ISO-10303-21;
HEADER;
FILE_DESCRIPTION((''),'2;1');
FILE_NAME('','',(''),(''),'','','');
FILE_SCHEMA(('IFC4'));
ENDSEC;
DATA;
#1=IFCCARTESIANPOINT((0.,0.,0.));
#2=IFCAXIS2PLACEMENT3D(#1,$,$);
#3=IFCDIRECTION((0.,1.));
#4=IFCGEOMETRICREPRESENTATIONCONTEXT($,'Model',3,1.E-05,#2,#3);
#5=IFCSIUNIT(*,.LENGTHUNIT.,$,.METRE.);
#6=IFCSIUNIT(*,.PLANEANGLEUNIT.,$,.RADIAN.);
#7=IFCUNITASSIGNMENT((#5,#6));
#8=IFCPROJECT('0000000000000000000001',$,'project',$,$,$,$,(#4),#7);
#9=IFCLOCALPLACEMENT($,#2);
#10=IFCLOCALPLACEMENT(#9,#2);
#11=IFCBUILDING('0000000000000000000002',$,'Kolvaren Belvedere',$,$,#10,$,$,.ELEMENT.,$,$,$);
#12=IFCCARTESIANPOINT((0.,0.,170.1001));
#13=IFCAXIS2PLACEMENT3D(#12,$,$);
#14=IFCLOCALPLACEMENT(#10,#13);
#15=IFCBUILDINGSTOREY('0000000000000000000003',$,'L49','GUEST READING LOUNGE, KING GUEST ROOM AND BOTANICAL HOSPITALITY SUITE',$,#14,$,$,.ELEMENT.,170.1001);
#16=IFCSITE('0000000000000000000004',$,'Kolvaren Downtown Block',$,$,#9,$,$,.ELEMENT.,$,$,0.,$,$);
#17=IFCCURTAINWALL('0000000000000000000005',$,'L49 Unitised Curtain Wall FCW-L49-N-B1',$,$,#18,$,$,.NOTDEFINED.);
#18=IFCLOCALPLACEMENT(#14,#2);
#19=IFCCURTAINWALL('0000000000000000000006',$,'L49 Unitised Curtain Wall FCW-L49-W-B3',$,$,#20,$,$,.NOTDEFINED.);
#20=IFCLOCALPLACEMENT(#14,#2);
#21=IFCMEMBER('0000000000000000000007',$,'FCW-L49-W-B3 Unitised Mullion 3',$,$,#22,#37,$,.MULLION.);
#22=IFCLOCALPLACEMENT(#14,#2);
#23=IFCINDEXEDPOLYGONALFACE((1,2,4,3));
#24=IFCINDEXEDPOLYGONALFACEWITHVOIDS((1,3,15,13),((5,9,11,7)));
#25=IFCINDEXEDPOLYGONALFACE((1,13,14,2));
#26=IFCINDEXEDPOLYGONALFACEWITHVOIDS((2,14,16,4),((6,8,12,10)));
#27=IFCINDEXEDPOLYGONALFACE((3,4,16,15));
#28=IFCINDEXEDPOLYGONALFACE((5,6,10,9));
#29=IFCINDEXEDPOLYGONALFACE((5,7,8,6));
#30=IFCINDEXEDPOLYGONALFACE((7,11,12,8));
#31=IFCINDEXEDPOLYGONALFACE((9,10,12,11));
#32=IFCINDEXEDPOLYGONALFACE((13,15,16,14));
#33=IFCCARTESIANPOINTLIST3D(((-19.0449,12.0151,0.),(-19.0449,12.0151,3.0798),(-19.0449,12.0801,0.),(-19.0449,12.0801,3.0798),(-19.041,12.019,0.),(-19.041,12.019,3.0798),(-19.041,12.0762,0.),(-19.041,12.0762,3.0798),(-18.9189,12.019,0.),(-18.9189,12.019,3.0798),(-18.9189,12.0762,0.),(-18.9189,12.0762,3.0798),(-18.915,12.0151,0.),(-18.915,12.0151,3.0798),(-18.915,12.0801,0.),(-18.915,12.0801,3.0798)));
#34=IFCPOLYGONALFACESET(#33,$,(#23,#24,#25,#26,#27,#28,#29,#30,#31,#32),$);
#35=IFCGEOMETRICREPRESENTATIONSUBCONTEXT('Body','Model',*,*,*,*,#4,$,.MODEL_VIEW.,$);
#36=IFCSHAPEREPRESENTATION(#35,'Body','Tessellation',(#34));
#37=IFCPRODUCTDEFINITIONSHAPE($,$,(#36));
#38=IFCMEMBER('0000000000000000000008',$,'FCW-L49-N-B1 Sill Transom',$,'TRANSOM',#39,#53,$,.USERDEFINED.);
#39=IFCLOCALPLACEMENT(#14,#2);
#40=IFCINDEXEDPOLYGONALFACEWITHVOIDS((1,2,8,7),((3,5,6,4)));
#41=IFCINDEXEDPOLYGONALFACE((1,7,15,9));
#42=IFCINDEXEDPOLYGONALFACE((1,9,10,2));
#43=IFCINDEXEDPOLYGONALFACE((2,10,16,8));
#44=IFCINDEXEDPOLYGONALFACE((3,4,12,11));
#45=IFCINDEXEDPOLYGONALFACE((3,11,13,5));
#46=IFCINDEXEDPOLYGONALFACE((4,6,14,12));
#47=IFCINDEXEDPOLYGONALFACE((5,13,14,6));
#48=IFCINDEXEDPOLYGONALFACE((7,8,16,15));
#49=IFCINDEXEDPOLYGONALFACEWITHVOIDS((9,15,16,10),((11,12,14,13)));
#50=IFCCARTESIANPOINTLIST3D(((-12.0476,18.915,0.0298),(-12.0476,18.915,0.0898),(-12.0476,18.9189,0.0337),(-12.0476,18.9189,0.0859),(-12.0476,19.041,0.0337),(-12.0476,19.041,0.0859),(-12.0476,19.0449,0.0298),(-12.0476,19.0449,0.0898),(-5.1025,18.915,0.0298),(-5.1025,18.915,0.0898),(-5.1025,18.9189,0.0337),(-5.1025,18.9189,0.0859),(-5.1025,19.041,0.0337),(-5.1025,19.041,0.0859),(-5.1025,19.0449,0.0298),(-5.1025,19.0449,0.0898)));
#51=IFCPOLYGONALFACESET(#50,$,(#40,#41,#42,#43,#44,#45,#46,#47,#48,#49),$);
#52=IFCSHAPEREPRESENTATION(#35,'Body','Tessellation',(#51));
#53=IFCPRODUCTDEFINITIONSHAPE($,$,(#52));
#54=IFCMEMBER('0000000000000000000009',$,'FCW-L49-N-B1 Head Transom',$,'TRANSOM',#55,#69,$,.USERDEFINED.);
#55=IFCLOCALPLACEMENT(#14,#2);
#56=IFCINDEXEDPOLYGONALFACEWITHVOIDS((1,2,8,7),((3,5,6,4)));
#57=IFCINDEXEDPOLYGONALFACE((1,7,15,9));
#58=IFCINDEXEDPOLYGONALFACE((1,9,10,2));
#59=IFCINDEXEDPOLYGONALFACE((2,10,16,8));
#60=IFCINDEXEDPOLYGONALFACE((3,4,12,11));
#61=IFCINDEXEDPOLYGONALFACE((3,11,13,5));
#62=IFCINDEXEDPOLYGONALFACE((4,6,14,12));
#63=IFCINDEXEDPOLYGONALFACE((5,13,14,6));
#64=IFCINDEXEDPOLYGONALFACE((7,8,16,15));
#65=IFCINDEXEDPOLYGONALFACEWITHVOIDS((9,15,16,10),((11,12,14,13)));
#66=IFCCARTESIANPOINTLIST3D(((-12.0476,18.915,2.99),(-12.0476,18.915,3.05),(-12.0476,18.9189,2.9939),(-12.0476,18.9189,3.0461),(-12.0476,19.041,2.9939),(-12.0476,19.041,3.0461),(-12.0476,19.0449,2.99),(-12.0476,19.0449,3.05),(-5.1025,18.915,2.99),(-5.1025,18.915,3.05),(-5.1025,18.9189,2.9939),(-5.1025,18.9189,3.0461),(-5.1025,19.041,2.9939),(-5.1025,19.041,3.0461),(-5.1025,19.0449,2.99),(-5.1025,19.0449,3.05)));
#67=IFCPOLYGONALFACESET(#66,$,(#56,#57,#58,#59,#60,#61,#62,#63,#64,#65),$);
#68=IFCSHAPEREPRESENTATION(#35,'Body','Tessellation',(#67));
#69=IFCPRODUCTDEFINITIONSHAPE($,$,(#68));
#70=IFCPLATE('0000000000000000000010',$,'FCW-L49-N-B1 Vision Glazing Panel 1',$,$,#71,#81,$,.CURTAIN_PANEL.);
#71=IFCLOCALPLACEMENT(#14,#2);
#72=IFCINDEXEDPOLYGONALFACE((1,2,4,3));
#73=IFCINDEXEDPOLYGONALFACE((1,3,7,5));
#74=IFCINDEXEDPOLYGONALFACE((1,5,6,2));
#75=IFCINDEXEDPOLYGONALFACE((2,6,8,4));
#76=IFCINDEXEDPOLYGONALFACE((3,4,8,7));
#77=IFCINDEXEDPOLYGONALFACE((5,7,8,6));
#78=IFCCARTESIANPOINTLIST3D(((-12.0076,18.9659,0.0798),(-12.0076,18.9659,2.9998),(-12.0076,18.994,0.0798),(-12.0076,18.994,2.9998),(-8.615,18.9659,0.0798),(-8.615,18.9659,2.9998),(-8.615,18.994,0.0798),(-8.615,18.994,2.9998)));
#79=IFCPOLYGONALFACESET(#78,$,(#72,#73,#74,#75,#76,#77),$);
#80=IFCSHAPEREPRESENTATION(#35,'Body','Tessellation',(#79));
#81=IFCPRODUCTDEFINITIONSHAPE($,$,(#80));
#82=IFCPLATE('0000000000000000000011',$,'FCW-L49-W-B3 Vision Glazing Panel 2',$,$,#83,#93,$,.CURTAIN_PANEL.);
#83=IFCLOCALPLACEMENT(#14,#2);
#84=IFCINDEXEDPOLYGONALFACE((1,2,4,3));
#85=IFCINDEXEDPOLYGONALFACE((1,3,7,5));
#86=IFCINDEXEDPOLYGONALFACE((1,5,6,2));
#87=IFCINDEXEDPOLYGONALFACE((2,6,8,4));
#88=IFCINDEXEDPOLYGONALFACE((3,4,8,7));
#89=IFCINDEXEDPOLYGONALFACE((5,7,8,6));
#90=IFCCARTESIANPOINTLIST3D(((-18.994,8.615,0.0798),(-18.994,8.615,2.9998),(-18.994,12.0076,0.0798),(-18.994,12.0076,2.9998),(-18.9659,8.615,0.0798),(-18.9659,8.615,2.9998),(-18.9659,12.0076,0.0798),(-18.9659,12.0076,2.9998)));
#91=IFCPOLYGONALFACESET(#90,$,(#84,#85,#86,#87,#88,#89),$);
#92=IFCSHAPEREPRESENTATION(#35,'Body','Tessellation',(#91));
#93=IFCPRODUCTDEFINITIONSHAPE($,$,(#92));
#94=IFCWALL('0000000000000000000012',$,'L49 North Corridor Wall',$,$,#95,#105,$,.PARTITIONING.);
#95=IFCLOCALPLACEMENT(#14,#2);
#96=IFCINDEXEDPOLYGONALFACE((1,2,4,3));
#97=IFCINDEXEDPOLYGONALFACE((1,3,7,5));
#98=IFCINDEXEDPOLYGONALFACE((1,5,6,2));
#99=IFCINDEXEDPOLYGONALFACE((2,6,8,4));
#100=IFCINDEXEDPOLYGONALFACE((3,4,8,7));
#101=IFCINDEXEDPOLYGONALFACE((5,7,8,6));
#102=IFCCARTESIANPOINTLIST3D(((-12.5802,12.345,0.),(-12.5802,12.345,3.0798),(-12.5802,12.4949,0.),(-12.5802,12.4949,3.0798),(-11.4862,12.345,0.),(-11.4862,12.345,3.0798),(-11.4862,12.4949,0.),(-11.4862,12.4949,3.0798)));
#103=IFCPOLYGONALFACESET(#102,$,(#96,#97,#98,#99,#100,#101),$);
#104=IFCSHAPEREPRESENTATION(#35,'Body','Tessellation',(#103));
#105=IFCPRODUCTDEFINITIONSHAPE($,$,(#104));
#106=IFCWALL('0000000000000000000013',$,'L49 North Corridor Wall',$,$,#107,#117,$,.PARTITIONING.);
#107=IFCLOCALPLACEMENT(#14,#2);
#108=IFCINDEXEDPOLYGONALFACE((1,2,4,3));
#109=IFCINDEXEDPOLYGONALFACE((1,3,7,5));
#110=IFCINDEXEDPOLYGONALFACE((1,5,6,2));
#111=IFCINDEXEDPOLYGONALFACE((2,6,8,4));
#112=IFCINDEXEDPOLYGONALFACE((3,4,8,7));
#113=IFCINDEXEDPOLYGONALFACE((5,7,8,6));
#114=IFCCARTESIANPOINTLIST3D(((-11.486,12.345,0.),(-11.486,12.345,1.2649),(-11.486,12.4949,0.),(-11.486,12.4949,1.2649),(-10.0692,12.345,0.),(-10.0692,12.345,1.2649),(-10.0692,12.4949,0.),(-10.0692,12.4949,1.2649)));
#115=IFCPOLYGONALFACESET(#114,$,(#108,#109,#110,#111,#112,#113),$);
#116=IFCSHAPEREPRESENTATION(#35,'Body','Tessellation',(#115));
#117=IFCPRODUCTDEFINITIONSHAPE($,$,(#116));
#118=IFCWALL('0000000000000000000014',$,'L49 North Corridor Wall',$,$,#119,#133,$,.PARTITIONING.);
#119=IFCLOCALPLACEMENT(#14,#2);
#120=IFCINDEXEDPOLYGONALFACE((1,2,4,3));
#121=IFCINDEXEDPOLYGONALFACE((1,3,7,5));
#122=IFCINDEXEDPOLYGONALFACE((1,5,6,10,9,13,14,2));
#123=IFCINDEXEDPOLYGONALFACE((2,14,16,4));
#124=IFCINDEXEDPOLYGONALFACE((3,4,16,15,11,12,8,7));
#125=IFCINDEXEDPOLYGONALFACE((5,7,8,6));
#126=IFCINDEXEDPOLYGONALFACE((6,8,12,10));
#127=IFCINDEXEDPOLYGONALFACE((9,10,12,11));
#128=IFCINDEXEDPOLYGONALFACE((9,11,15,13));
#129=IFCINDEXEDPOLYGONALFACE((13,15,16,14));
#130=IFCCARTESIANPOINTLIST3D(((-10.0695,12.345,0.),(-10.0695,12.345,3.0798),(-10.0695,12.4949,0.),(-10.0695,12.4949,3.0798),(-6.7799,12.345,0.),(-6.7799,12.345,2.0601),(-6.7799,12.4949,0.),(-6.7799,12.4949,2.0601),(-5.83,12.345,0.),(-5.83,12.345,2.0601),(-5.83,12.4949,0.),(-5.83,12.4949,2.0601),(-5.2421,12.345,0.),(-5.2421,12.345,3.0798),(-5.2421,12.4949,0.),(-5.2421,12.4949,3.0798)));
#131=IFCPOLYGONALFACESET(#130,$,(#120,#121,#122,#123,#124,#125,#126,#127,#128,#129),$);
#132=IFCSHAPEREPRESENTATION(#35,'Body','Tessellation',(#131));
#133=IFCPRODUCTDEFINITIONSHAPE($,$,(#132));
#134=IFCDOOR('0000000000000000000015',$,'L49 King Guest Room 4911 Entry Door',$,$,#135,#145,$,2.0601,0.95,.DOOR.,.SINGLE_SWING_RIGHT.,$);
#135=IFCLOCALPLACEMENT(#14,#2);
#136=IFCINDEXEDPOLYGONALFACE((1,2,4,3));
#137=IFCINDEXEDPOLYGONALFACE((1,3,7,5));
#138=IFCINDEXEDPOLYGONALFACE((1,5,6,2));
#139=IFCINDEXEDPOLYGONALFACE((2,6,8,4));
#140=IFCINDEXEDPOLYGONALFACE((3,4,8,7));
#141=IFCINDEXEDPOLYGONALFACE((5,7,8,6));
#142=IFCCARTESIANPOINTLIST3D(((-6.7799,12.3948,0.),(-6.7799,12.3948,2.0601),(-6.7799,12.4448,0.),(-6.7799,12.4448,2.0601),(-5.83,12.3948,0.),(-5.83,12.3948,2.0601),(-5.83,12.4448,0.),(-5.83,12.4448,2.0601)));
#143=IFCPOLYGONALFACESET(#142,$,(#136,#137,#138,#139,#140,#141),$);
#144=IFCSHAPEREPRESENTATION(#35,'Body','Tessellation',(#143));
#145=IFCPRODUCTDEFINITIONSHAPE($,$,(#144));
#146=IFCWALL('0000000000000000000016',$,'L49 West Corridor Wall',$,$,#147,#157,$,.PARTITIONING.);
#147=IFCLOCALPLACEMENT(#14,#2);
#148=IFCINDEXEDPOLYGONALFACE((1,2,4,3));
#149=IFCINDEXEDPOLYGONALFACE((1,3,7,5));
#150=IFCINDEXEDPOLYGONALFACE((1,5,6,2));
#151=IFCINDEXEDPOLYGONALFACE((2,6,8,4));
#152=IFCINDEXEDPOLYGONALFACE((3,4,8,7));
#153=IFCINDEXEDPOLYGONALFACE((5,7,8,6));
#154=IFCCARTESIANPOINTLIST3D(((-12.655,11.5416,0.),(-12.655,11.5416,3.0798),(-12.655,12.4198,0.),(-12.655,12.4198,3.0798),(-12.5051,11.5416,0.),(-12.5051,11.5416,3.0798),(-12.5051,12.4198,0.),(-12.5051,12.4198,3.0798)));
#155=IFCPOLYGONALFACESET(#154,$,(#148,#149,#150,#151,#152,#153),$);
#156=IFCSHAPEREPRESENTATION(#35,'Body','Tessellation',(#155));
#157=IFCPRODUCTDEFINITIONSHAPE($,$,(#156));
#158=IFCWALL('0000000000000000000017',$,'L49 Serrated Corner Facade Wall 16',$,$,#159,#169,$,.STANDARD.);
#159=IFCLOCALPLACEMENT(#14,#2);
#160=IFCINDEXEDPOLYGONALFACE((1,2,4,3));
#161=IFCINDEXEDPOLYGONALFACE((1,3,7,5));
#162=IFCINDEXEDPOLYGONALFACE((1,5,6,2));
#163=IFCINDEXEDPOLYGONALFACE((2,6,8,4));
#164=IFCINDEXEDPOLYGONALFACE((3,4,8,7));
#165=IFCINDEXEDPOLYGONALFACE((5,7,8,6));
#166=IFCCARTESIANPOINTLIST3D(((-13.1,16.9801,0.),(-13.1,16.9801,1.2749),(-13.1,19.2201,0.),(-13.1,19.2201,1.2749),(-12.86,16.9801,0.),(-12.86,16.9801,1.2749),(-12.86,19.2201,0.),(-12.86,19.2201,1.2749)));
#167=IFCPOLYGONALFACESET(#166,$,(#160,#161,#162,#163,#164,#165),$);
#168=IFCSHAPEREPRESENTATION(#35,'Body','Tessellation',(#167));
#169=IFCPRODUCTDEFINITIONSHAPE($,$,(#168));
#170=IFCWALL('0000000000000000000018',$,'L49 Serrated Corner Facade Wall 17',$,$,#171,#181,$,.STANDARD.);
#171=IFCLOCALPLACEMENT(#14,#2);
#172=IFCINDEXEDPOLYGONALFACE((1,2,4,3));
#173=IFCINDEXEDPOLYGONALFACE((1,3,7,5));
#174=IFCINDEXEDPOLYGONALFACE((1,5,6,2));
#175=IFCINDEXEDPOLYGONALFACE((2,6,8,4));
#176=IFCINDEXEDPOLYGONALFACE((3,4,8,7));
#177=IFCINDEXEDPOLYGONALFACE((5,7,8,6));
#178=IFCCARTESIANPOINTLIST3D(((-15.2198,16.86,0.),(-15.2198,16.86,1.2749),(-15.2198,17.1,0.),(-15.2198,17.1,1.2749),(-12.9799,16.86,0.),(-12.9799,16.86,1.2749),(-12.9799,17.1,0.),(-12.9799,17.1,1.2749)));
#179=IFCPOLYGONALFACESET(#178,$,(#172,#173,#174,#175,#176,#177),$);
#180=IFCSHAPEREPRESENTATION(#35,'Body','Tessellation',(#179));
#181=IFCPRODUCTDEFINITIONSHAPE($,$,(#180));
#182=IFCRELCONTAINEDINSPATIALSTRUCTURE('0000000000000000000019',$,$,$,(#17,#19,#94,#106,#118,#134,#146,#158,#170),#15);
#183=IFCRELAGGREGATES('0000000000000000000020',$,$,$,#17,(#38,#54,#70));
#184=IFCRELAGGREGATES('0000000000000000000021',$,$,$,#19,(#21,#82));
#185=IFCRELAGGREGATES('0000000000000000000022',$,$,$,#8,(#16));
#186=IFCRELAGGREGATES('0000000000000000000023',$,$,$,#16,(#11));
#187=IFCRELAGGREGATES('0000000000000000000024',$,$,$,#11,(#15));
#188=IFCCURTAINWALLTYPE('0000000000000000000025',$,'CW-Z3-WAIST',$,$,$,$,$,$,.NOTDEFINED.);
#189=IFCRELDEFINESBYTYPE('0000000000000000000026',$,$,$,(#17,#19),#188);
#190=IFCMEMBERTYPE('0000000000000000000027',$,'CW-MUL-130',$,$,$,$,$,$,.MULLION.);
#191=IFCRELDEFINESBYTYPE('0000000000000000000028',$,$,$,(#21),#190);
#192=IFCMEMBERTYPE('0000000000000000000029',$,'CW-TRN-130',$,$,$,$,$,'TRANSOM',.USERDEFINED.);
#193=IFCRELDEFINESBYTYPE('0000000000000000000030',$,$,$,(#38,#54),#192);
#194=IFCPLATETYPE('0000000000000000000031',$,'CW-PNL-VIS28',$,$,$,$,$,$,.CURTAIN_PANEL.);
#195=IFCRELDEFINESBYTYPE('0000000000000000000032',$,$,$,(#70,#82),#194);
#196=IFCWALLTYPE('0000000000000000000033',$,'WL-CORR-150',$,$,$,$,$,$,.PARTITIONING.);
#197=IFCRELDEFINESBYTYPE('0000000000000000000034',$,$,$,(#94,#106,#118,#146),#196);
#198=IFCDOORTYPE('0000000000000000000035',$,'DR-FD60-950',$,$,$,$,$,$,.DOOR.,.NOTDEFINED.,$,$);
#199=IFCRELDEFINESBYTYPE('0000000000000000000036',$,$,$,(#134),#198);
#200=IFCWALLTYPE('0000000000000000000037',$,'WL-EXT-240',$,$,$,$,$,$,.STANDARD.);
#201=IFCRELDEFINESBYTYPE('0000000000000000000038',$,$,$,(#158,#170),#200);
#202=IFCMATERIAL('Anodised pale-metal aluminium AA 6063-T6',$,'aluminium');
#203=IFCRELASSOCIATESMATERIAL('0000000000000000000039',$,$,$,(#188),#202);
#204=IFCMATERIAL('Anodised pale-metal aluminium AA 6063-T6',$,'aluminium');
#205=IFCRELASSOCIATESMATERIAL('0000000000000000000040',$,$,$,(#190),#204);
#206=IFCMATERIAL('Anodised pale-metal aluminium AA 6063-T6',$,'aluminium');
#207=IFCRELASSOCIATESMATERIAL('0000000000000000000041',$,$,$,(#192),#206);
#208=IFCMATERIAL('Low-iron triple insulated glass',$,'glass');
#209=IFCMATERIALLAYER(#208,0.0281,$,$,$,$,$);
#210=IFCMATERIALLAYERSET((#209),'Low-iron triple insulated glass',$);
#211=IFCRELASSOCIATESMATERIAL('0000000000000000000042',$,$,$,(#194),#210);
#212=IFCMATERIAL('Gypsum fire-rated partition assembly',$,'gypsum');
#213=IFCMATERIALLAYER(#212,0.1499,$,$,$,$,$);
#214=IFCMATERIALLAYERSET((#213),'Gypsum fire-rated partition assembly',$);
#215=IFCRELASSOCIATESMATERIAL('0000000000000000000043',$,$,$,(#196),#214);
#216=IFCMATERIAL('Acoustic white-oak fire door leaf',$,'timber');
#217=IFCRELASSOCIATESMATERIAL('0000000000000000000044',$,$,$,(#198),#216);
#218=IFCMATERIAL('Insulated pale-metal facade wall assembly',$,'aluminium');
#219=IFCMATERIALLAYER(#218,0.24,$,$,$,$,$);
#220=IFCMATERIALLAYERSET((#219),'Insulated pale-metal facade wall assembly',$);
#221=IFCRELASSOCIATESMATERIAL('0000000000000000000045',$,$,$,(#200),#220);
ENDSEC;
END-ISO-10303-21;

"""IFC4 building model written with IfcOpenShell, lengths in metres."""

from ifc_helpers import new_model, si_unit, direction, frame, frame_2d, origin, origin_2d, place, context, subcontext, project, spatial, rectangle, hollow_rectangle, extrude, material, layer, layer_set, material_profile, profile_set, type_object, element, fill, aggregate, save


model = new_model("IFC4")

# Units and contexts
model_context = context("Model", 3, precision=1e-05, world=origin(), true_north=direction((0.0, 1.0)))
body_context = subcontext(model_context, "Body", "Model", "MODEL_VIEW")
ifc_project = project(units=[si_unit("LENGTHUNIT", "METRE"), si_unit("PLANEANGLEUNIT", "RADIAN")], contexts=[model_context])

# Site, building, storey
site_placement = place(None, origin())
site = spatial("IfcSite", under=ifc_project, at=site_placement, Name="Kolvaren Downtown Block", CompositionType="ELEMENT", RefElevation=0.0)
building_placement = place(site_placement, origin())
building = spatial("IfcBuilding", under=site, at=building_placement, Name="Kolvaren Belvedere", CompositionType="ELEMENT")
storey_placement = place(building_placement, frame((0.0, 0.0, 170.1001)))
storey = spatial("IfcBuildingStorey", under=building, at=storey_placement, Name="L49", Description="GUEST READING LOUNGE, KING GUEST ROOM AND BOTANICAL HOSPITALITY SUITE", CompositionType="ELEMENT", Elevation=170.1001)

# Curtain walls, member
ifc_material_1 = material(Name="Anodised pale-metal aluminium AA 6063-T6", Category="aluminium")
curtain_wall_type = type_object("IfcCurtainWallType", Name="CW-Z3-WAIST", PredefinedType="NOTDEFINED", material=ifc_material_1)
curtain_wall_1_placement = place(storey_placement, origin())
curtain_wall_1 = element("IfcCurtainWall", 1, at=curtain_wall_1_placement, inside=storey, type_object=curtain_wall_type, Name="L49 Unitised Curtain Wall FCW-L49-N-B1", PredefinedType="NOTDEFINED")
ifc_material_2 = material(Name="Anodised pale-metal aluminium AA 6063-T6", Category="aluminium")
ifc_material_profile_1 = material_profile(ifc_material_2, hollow_rectangle(XDim=0.0649, YDim=0.1299, WallThickness=0.0039, at=origin_2d()), Name="ALU-MUL-130X65")
ifc_profile_set_1 = profile_set([ifc_material_profile_1], Name="Anodised pale-metal aluminium AA 6063-T6")
member_type_1 = type_object("IfcMemberType", Name="CW-MUL-130", PredefinedType="MULLION", material=ifc_profile_set_1)
curtain_wall_2_placement = place(storey_placement, origin())
curtain_wall_2 = element("IfcCurtainWall", 2, at=curtain_wall_2_placement, inside=storey, type_object=curtain_wall_type, Name="L49 Unitised Curtain Wall FCW-L49-W-B3", PredefinedType="NOTDEFINED")
member_1_placement = place(storey_placement, frame((-18.98, 12.0476, 0.0), z_axis=(0.0, 0.0, 1.0), x_axis=(0.0, 1.0, 0.0)))
member_1 = element("IfcMember", 3, at=member_1_placement, type_object=member_type_1, Name="FCW-L49-W-B3 Unitised Mullion 3", PredefinedType="MULLION", context=body_context, shape_type="SweptSolid", body=[
    extrude(hollow_rectangle(XDim=0.0649, YDim=0.1299, WallThickness=0.0039, at=origin_2d()), origin(), (0.0, 0.0, 1.0), 3.0798),
])

# Members
ifc_material_3 = material(Name="Anodised pale-metal aluminium AA 6063-T6", Category="aluminium")
ifc_material_profile_2 = material_profile(ifc_material_3, hollow_rectangle(XDim=0.0601, YDim=0.1299, WallThickness=0.0039, at=origin_2d()), Name="ALU-TRN-130X60")
ifc_profile_set_2 = profile_set([ifc_material_profile_2], Name="Anodised pale-metal aluminium AA 6063-T6")
member_type_2 = type_object("IfcMemberType", Name="CW-TRN-130", ElementType="TRANSOM", PredefinedType="USERDEFINED", material=ifc_profile_set_2)
member_2_placement = place(storey_placement, frame((-12.0476, 18.98, 0.0598), z_axis=(1.0, 0.0, 0.0), x_axis=(0.0, 0.0, 1.0)))
member_2 = element("IfcMember", 4, at=member_2_placement, type_object=member_type_2, Name="FCW-L49-N-B1 Sill Transom", ObjectType="TRANSOM", PredefinedType="USERDEFINED", context=body_context, shape_type="SweptSolid", body=[
    extrude(hollow_rectangle(XDim=0.0601, YDim=0.1299, WallThickness=0.0039, at=origin_2d()), origin(), (0.0, 0.0, 1.0), 6.9451),
])
member_3_placement = place(storey_placement, frame((-12.0476, 18.98, 3.02), z_axis=(1.0, 0.0, 0.0), x_axis=(0.0, 0.0, 1.0)))
member_3 = element("IfcMember", 5, at=member_3_placement, type_object=member_type_2, Name="FCW-L49-N-B1 Head Transom", ObjectType="TRANSOM", PredefinedType="USERDEFINED", context=body_context, shape_type="SweptSolid", body=[
    extrude(hollow_rectangle(XDim=0.0601, YDim=0.1299, WallThickness=0.0039, at=origin_2d()), origin(), (0.0, 0.0, 1.0), 6.9451),
])

# Plates
ifc_material_4 = material(Name="Low-iron triple insulated glass", Category="glass")
ifc_layer_1 = layer(ifc_material_4, 0.0281)
ifc_layer_set_1 = layer_set([ifc_layer_1], Name="Low-iron triple insulated glass")
plate_type = type_object("IfcPlateType", Name="CW-PNL-VIS28", PredefinedType="CURTAIN_PANEL", material=ifc_layer_set_1)
plate_1_placement = place(storey_placement, frame((-10.3113, 18.98, 0.0798), z_axis=(0.0, 0.0, 1.0), x_axis=(1.0, 0.0, 0.0)))
plate_1 = element("IfcPlate", 6, at=plate_1_placement, type_object=plate_type, Name="FCW-L49-N-B1 Vision Glazing Panel 1", PredefinedType="CURTAIN_PANEL", context=body_context, shape_type="SweptSolid", body=[
    extrude(rectangle(XDim=3.3926, YDim=0.0281, at=origin_2d()), origin(), (0.0, 0.0, 1.0), 2.9199),
])
aggregate(curtain_wall_1, [member_2, member_3, plate_1])
plate_2_placement = place(storey_placement, frame((-18.98, 10.3113, 0.0798), z_axis=(0.0, 0.0, 1.0), x_axis=(0.0, 1.0, 0.0)))
plate_2 = element("IfcPlate", 7, at=plate_2_placement, type_object=plate_type, Name="FCW-L49-W-B3 Vision Glazing Panel 2", PredefinedType="CURTAIN_PANEL", context=body_context, shape_type="SweptSolid", body=[
    extrude(rectangle(XDim=3.3926, YDim=0.0281, at=origin_2d()), origin(), (0.0, 0.0, 1.0), 2.9199),
])
aggregate(curtain_wall_2, [member_1, plate_2])

# Walls
ifc_material_5 = material(Name="Gypsum fire-rated partition assembly", Category="gypsum")
ifc_layer_2 = layer(ifc_material_5, 0.1499)
ifc_layer_set_2 = layer_set([ifc_layer_2], Name="Gypsum fire-rated partition assembly")
wall_type_1 = type_object("IfcWallType", Name="WL-CORR-150", PredefinedType="PARTITIONING", material=ifc_layer_set_2)
wall_1_placement = place(storey_placement, frame((-12.5801, 12.4199, 0.0), z_axis=(0.0, 0.0, 1.0), x_axis=(1.0, 0.0, 0.0)))
element("IfcWall", 8, at=wall_1_placement, inside=storey, type_object=wall_type_1, Name="L49 North Corridor Wall", PredefinedType="PARTITIONING", context=body_context, shape_type="SweptSolid", body=[
    extrude(rectangle(XDim=1.094, YDim=0.1499, at=frame_2d((0.5469, 0.0))), origin(), (0.0, 0.0, 1.0), 3.0798),
])
wall_2_placement = place(storey_placement, frame((-11.4861, 12.4199, 0.0), z_axis=(0.0, 0.0, 1.0), x_axis=(1.0, 0.0, 0.0)))
element("IfcWall", 9, at=wall_2_placement, inside=storey, type_object=wall_type_1, Name="L49 North Corridor Wall", PredefinedType="PARTITIONING", context=body_context, shape_type="SweptSolid", body=[
    extrude(rectangle(XDim=1.4167, YDim=0.1499, at=frame_2d((0.7085, 0.0))), origin(), (0.0, 0.0, 1.0), 1.2649),
])

# Wall, opening, door
wall_3_placement = place(storey_placement, frame((-10.0693, 12.4199, 0.0), z_axis=(0.0, 0.0, 1.0), x_axis=(1.0, 0.0, 0.0)))
wall_3 = element("IfcWall", 10, at=wall_3_placement, inside=storey, type_object=wall_type_1, Name="L49 North Corridor Wall", PredefinedType="PARTITIONING", context=body_context, shape_type="SweptSolid", body=[
    extrude(rectangle(XDim=4.8274, YDim=0.1499, at=frame_2d((2.4136, 0.0))), origin(), (0.0, 0.0, 1.0), 3.0798),
])
opening_1_placement = place(wall_3_placement, frame((3.2893, 0.0, 0.0)))
opening_1 = element("IfcOpeningElement", 11, at=opening_1_placement, cuts=wall_3, PredefinedType="OPENING", context=body_context, shape_type="SweptSolid", body=[
    extrude(rectangle(XDim=0.95, YDim=2.0601, at=frame_2d((0.4751, 1.03))), frame((0.0, 0.085, 0.0), z_axis=(0.0, -1.0, 0.0), x_axis=(1.0, 0.0, 0.0)), (0.0, 0.0, 1.0), 0.1699),
])
ifc_material_6 = material(Name="Acoustic white-oak fire door leaf", Category="timber")
door_type = type_object("IfcDoorType", Name="DR-FD60-950", OperationType="NOTDEFINED", PredefinedType="DOOR", material=ifc_material_6)
door_placement = place(opening_1_placement, origin())
door = element("IfcDoor", 12, at=door_placement, inside=storey, type_object=door_type, Name="L49 King Guest Room 4911 Entry Door", OperationType="SINGLE_SWING_RIGHT", OverallHeight=2.0601, OverallWidth=0.95, PredefinedType="DOOR", context=body_context, shape_type="SweptSolid", body=[
    extrude(rectangle(XDim=0.95, YDim=2.0601, at=frame_2d((0.4751, 1.03))), frame((0.0, 0.0249, 0.0), z_axis=(0.0, -1.0, 0.0), x_axis=(1.0, 0.0, 0.0)), (0.0, 0.0, 1.0), 0.05),
])
fill(opening_1, door)

# Walls
wall_4_placement = place(storey_placement, frame((-12.5801, 11.5417, 0.0), z_axis=(0.0, 0.0, 1.0), x_axis=(0.0, 1.0, 0.0)))
element("IfcWall", 13, at=wall_4_placement, inside=storey, type_object=wall_type_1, Name="L49 West Corridor Wall", PredefinedType="PARTITIONING", context=body_context, shape_type="SweptSolid", body=[
    extrude(rectangle(XDim=0.8782, YDim=0.1499, at=frame_2d((0.439, 0.0))), origin(), (0.0, 0.0, 1.0), 3.0798),
])
ifc_material_7 = material(Name="Insulated pale-metal facade wall assembly", Category="aluminium")
ifc_layer_3 = layer(ifc_material_7, 0.24)
ifc_layer_set_3 = layer_set([ifc_layer_3], Name="Insulated pale-metal facade wall assembly")
wall_type_2 = type_object("IfcWallType", Name="WL-EXT-240", PredefinedType="STANDARD", material=ifc_layer_set_3)
for number, where, z_axis, x_axis, name in (
    (14, (-12.98, 16.98, 0.0), (0.0, 0.0, 1.0), (0.0, 1.0, 0.0), "L49 Serrated Corner Facade Wall 16"),
    (15, (-15.22, 16.98, 0.0), (0.0, 0.0, 1.0), (1.0, 0.0, 0.0), "L49 Serrated Corner Facade Wall 17"),
):
    element("IfcWall", number, at=place(storey_placement, frame(where, z_axis=z_axis, x_axis=x_axis)), inside=storey, type_object=wall_type_2, Name=name, PredefinedType="STANDARD", context=body_context, shape_type="SweptSolid", body=[
        extrude(rectangle(XDim=2.24, YDim=0.24, at=frame_2d((1.1201, 0.0))), origin(), (0.0, 0.0, 1.0), 1.2749),
    ])

save(model, "model.ifc")
